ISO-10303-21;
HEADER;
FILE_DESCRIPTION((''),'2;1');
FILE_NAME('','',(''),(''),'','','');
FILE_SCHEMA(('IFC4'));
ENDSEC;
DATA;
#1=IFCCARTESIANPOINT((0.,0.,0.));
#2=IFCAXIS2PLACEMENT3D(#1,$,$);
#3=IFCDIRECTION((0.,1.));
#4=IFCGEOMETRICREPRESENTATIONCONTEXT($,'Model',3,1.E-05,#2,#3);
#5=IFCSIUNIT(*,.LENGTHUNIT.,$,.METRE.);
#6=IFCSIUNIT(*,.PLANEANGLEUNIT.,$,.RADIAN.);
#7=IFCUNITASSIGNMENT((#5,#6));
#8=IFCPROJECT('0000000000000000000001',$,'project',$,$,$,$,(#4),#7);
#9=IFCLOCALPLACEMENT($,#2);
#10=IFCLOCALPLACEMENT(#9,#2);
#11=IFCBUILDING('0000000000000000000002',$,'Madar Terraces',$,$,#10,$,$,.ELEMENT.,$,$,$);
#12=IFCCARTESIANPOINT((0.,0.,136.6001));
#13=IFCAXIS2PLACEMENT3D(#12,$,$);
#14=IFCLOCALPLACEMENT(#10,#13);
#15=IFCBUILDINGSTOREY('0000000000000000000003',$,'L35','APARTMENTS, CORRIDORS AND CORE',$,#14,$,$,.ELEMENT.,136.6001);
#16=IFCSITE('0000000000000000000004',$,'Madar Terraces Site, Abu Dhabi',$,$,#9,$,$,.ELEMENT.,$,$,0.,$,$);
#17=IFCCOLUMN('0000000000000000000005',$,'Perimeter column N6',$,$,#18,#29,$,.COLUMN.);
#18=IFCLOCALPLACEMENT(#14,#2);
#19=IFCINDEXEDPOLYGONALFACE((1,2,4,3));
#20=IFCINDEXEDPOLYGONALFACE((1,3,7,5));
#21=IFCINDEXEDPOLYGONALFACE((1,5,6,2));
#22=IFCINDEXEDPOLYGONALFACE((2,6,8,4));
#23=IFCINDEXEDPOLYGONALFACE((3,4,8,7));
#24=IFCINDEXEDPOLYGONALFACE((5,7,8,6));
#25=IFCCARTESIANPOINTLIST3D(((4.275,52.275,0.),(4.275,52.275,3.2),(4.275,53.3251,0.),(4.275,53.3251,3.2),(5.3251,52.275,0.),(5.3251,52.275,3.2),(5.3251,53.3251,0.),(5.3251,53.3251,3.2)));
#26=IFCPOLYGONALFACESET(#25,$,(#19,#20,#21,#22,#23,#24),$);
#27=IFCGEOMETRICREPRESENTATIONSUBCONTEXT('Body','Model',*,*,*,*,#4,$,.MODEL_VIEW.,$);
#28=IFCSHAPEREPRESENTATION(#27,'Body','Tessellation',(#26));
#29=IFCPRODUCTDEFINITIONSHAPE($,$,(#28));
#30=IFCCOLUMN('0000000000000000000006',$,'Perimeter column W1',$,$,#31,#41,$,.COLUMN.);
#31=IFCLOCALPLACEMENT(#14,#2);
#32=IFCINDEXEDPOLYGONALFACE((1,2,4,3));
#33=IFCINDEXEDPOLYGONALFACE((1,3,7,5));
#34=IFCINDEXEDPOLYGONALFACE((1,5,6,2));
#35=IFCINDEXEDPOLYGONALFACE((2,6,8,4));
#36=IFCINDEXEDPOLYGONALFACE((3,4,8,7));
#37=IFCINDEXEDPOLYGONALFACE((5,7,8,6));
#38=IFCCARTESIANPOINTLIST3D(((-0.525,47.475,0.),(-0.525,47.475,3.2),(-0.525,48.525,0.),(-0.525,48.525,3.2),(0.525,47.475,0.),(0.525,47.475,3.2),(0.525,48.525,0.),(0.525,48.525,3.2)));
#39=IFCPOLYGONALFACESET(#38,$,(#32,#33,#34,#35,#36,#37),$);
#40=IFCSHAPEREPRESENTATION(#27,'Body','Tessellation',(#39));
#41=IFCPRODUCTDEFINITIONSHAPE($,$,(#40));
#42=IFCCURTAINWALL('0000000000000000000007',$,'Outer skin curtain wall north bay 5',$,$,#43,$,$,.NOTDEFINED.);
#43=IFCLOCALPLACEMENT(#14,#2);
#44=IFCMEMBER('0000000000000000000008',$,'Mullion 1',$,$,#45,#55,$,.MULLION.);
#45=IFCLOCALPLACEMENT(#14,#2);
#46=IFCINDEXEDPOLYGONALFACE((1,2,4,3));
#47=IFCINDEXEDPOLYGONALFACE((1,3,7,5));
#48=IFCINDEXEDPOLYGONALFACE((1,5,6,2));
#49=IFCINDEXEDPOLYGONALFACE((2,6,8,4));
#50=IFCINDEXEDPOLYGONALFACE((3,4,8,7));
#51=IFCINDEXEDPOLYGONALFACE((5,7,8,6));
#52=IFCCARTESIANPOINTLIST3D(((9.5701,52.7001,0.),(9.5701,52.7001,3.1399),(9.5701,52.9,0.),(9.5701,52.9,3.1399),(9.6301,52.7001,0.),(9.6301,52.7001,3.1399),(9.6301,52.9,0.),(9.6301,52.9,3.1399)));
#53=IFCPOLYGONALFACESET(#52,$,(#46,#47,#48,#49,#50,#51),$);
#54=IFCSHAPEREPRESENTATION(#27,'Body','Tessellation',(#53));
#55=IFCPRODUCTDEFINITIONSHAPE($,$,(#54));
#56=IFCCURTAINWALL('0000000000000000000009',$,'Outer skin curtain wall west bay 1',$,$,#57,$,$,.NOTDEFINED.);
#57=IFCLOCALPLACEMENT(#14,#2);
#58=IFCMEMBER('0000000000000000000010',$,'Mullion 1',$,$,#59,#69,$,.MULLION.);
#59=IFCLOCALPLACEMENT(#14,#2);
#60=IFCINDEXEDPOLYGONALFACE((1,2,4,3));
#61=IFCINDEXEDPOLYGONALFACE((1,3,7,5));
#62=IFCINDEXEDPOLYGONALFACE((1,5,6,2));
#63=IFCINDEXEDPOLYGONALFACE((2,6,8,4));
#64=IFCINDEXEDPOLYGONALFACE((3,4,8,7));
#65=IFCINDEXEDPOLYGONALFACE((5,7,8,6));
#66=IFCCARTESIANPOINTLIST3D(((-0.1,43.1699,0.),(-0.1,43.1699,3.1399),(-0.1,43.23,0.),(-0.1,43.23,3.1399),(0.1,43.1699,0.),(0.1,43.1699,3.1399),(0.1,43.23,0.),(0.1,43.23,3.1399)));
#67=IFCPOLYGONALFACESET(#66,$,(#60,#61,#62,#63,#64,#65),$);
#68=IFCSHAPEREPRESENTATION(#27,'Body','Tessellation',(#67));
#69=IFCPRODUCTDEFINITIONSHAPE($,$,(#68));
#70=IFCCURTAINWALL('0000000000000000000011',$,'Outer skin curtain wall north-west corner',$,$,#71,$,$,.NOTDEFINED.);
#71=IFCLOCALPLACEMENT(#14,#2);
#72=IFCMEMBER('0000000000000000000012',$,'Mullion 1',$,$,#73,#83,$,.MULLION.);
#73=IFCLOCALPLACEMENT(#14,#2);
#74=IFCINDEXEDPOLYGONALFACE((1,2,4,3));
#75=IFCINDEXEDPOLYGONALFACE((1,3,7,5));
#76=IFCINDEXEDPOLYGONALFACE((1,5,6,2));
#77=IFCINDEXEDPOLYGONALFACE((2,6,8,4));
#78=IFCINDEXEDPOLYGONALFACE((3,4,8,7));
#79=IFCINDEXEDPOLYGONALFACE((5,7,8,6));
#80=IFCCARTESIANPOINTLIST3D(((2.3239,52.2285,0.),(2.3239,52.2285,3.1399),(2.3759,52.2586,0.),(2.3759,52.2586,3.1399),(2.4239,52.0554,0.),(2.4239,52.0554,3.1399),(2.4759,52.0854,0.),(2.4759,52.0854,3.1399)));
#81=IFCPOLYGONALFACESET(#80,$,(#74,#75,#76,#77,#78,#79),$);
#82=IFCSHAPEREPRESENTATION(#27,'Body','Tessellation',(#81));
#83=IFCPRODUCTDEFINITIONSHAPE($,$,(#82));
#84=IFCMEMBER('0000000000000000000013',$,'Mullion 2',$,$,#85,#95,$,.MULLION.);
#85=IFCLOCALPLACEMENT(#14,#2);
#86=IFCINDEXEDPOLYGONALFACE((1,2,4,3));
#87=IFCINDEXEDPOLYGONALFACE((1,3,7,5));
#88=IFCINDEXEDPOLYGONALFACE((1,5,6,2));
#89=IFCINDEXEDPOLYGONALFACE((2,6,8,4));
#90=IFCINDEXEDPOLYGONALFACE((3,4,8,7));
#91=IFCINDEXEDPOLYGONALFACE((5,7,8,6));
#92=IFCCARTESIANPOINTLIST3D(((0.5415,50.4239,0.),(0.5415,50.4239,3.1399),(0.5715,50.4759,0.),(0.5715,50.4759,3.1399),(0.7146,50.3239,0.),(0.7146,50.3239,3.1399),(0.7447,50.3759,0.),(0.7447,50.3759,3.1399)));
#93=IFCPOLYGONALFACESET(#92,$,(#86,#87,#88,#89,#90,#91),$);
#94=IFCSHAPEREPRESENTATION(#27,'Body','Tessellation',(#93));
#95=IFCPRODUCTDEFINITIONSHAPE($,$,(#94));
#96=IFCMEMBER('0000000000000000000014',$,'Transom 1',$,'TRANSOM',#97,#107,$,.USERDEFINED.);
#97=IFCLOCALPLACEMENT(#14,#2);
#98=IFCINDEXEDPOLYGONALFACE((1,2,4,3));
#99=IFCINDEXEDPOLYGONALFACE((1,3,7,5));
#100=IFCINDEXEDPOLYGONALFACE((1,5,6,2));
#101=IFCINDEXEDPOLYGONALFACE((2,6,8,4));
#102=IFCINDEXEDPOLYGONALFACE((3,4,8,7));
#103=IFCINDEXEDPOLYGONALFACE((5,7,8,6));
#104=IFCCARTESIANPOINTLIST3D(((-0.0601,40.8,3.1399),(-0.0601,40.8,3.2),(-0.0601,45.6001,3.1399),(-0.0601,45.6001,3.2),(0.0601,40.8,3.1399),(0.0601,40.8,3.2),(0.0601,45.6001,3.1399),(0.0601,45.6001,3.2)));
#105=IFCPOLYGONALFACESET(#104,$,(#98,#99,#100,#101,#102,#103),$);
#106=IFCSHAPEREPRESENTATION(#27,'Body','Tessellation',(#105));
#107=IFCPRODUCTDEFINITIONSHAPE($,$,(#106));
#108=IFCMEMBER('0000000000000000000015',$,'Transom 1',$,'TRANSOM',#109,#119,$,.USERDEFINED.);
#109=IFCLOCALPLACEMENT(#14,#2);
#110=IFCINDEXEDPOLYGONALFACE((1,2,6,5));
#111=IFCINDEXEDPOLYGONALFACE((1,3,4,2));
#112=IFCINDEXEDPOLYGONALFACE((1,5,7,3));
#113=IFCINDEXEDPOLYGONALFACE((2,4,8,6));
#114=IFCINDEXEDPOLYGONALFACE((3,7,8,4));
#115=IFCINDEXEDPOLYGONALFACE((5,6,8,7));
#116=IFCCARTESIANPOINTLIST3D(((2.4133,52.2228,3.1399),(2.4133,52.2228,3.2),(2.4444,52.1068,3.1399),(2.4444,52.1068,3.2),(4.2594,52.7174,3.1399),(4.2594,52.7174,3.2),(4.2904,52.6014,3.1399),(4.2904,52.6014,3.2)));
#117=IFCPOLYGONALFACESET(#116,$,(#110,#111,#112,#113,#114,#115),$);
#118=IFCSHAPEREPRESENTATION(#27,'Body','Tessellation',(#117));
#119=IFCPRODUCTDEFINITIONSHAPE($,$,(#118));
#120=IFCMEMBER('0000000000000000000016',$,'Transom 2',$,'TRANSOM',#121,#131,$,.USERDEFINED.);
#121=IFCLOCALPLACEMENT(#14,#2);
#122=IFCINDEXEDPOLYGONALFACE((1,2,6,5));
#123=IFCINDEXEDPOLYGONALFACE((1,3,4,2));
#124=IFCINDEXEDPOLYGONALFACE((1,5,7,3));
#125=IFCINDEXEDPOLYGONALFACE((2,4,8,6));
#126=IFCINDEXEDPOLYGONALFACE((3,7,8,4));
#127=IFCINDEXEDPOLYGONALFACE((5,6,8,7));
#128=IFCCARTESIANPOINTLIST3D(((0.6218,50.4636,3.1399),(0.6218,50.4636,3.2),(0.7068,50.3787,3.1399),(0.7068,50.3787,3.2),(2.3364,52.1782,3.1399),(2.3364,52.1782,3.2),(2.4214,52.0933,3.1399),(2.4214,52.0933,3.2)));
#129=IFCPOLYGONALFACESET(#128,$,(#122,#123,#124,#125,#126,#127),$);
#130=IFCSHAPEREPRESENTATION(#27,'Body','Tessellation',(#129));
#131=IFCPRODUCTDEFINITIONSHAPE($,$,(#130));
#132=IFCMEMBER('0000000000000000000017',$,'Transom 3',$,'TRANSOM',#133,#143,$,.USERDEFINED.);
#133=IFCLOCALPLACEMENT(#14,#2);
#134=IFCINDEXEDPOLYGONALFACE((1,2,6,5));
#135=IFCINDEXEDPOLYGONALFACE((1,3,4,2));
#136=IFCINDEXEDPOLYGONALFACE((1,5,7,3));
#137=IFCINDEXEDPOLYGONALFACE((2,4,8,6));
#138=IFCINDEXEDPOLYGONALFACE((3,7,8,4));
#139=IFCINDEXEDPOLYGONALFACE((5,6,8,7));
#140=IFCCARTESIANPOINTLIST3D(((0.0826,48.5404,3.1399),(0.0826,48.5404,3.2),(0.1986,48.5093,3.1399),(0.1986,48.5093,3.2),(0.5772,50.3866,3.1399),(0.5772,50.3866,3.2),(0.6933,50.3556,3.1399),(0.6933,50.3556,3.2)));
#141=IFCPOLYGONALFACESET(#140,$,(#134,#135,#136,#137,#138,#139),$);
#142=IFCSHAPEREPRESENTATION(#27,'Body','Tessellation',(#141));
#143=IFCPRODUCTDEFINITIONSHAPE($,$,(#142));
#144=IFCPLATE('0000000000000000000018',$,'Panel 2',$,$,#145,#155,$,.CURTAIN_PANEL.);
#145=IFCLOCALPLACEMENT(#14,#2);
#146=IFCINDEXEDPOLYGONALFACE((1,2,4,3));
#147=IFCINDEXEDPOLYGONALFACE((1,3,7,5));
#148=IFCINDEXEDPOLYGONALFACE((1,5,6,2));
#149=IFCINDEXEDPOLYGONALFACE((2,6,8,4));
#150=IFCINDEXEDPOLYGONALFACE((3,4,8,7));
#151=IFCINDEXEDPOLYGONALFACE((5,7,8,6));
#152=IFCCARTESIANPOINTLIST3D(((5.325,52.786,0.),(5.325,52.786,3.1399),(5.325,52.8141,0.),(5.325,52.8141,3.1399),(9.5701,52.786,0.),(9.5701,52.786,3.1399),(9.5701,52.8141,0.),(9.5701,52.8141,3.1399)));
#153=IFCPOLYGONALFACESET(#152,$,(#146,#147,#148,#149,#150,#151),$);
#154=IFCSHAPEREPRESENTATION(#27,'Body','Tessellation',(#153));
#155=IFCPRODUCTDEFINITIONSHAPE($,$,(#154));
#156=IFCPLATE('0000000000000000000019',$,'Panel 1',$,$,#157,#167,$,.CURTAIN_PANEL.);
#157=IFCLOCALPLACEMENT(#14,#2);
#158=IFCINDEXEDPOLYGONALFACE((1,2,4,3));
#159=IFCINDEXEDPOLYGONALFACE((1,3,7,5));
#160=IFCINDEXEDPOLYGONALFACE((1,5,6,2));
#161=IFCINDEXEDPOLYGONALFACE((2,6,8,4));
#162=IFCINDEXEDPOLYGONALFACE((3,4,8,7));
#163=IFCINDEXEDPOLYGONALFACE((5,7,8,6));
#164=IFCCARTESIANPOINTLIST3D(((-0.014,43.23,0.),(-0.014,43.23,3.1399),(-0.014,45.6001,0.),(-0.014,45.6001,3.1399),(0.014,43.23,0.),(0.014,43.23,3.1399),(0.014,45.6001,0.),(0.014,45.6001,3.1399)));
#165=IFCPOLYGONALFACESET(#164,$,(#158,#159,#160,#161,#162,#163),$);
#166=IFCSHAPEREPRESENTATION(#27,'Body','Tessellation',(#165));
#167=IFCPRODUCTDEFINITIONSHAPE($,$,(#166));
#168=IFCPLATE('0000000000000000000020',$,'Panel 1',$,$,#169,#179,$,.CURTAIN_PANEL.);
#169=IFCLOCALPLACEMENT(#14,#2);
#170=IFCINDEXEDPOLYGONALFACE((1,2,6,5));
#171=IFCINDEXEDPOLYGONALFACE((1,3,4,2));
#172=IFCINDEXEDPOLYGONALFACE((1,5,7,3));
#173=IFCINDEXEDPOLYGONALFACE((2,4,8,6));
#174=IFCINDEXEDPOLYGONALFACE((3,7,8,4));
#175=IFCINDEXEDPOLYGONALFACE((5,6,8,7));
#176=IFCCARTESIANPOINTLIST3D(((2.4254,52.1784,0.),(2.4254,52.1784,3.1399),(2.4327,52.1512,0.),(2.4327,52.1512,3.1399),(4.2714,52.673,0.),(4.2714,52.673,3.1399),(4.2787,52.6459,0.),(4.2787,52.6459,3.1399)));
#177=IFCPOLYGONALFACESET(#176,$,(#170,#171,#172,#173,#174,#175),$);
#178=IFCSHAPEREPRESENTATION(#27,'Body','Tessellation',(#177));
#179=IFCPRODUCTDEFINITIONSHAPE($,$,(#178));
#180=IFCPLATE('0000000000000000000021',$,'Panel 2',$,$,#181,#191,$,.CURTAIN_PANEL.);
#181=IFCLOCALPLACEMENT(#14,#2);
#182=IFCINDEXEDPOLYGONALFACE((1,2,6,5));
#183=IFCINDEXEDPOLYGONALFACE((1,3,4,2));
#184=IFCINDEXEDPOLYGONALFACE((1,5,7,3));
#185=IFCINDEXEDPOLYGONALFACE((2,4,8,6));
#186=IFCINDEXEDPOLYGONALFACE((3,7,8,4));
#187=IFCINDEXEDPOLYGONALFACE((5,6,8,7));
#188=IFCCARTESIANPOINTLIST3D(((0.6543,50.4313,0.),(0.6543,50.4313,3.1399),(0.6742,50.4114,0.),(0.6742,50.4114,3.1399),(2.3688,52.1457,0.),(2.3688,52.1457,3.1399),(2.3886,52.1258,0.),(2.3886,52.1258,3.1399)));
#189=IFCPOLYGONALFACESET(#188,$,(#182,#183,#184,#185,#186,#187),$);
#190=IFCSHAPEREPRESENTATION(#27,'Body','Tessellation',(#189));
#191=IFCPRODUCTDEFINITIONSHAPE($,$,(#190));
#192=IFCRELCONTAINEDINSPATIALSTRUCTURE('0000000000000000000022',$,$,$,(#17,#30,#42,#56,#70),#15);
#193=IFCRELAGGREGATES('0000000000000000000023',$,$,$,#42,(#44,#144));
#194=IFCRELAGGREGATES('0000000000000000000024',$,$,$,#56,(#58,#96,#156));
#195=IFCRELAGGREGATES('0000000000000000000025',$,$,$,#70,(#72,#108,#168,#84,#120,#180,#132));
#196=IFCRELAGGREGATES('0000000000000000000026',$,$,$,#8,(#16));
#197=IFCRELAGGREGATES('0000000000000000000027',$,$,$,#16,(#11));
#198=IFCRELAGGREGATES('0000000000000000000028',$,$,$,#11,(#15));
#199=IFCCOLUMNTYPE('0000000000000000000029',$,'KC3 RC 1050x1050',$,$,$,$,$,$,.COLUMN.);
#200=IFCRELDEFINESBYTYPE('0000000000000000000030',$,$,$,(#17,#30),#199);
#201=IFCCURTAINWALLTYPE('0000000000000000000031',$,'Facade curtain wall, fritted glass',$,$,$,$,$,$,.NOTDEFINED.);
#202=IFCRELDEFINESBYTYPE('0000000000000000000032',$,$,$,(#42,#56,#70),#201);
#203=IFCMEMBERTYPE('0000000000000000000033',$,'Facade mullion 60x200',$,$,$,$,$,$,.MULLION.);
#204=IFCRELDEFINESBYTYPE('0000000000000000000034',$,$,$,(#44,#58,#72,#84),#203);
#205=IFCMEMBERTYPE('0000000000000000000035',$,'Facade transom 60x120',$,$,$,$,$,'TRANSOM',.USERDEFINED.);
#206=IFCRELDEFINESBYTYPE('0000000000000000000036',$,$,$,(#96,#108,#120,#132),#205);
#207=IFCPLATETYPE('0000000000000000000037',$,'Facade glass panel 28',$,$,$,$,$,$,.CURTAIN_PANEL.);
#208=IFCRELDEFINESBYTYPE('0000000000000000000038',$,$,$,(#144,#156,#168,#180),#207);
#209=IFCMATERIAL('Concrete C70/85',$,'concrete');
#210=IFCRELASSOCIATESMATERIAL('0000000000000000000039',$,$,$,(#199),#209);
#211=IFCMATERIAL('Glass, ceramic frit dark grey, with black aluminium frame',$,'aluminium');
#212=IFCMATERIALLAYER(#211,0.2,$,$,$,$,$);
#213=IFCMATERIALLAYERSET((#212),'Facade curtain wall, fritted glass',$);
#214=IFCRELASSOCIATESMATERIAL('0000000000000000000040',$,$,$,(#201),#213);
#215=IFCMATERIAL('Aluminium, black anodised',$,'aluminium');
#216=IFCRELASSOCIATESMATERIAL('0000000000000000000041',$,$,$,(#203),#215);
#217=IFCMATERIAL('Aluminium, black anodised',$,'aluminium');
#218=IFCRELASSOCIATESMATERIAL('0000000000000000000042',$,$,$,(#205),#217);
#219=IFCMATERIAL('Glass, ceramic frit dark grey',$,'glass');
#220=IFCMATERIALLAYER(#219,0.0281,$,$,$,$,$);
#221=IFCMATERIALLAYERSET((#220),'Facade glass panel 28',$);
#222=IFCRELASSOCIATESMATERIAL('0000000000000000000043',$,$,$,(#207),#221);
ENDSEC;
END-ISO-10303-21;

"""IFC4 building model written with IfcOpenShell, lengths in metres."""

from ifc_helpers import new_model, si_unit, direction, frame, origin, origin_2d, place, context, subcontext, project, spatial, rectangle, extrude, material, layer, layer_set, material_profile, profile_set, type_object, element, aggregate, save


model = new_model("IFC4")

# Units and contexts
model_context = context("Model", 3, precision=1e-05, world=origin(), true_north=direction((0.0, 1.0)))
body_context = subcontext(model_context, "Body", "Model", "MODEL_VIEW")
ifc_project = project(units=[si_unit("LENGTHUNIT", "METRE"), si_unit("PLANEANGLEUNIT", "RADIAN")], contexts=[model_context])

# Site, building, storey
site_placement = place(None, origin())
site = spatial("IfcSite", under=ifc_project, at=site_placement, Name="Madar Terraces Site, Abu Dhabi", CompositionType="ELEMENT", RefElevation=0.0)
building_placement = place(site_placement, origin())
building = spatial("IfcBuilding", under=site, at=building_placement, Name="Madar Terraces", CompositionType="ELEMENT")
storey_placement = place(building_placement, frame((0.0, 0.0, 136.6001)))
storey = spatial("IfcBuildingStorey", under=building, at=storey_placement, Name="L35", Description="APARTMENTS, CORRIDORS AND CORE", CompositionType="ELEMENT", Elevation=136.6001)

# Columns
ifc_material_1 = material(Name="Concrete C70/85", Category="concrete")
ifc_material_profile_1 = material_profile(ifc_material_1, rectangle(XDim=1.05, YDim=1.05, at=origin_2d()), Name="KC3 RC 1050x1050")
ifc_profile_set_1 = profile_set([ifc_material_profile_1], Name="Concrete C70/85")
column_type = type_object("IfcColumnType", Name="KC3 RC 1050x1050", PredefinedType="COLUMN", material=ifc_profile_set_1)
for number, where, z_axis, x_axis, name in (
    (1, (4.8, 52.8, 0.0), (0.0, 0.0, 1.0), (1.0, 0.0, 0.0), "Perimeter column N6"),
    (2, (0.0, 48.0, 0.0), (0.0, 0.0, 1.0), (1.0, 0.0, 0.0), "Perimeter column W1"),
):
    element("IfcColumn", number, at=place(storey_placement, frame(where, z_axis=z_axis, x_axis=x_axis)), inside=storey, type_object=column_type, Name=name, PredefinedType="COLUMN", context=body_context, shape_type="SweptSolid", body=[
        extrude(rectangle(XDim=1.05, YDim=1.05, at=origin_2d()), origin(), (0.0, 0.0, 1.0), 3.2),
    ])

# Curtain walls, members
ifc_material_2 = material(Name="Glass, ceramic frit dark grey, with black aluminium frame", Category="aluminium")
ifc_layer_1 = layer(ifc_material_2, 0.2)
ifc_layer_set_1 = layer_set([ifc_layer_1], Name="Facade curtain wall, fritted glass")
curtain_wall_type = type_object("IfcCurtainWallType", Name="Facade curtain wall, fritted glass", PredefinedType="NOTDEFINED", material=ifc_layer_set_1)
curtain_wall_1_placement = place(storey_placement, origin())
curtain_wall_1 = element("IfcCurtainWall", 3, at=curtain_wall_1_placement, inside=storey, type_object=curtain_wall_type, Name="Outer skin curtain wall north bay 5", PredefinedType="NOTDEFINED")
ifc_material_3 = material(Name="Aluminium, black anodised", Category="aluminium")
ifc_material_profile_2 = material_profile(ifc_material_3, rectangle(XDim=0.2, YDim=0.0601, at=origin_2d()), Name="Facade mullion 60x200")
ifc_profile_set_2 = profile_set([ifc_material_profile_2], Name="Aluminium, black anodised")
member_type_1 = type_object("IfcMemberType", Name="Facade mullion 60x200", PredefinedType="MULLION", material=ifc_profile_set_2)
member_1_placement = place(storey_placement, frame((9.6001, 52.8, 0.0), z_axis=(0.0, 0.0, 1.0), x_axis=(0.0, -1.0, 0.0)))
member_1 = element("IfcMember", 4, at=member_1_placement, type_object=member_type_1, Name="Mullion 1", PredefinedType="MULLION", context=body_context, shape_type="SweptSolid", body=[
    extrude(rectangle(XDim=0.2, YDim=0.0601, at=origin_2d()), origin(), (0.0, 0.0, 1.0), 3.1399),
])
curtain_wall_2_placement = place(storey_placement, origin())
curtain_wall_2 = element("IfcCurtainWall", 5, at=curtain_wall_2_placement, inside=storey, type_object=curtain_wall_type, Name="Outer skin curtain wall west bay 1", PredefinedType="NOTDEFINED")
member_2_placement = place(storey_placement, frame((0.0, 43.2, 0.0), z_axis=(0.0, 0.0, 1.0), x_axis=(1.0, 0.0, 0.0)))
member_2 = element("IfcMember", 6, at=member_2_placement, type_object=member_type_1, Name="Mullion 1", PredefinedType="MULLION", context=body_context, shape_type="SweptSolid", body=[
    extrude(rectangle(XDim=0.2, YDim=0.0601, at=origin_2d()), origin(), (0.0, 0.0, 1.0), 3.1399),
])

# Curtain wall, members
curtain_wall_3_placement = place(storey_placement, origin())
curtain_wall_3 = element("IfcCurtainWall", 7, at=curtain_wall_3_placement, inside=storey, type_object=curtain_wall_type, Name="Outer skin curtain wall north-west corner", PredefinedType="NOTDEFINED")
member_3_placement = place(storey_placement, frame((2.3999, 52.157, 0.0), z_axis=(0.0, 0.0, 1.0), x_axis=(0.5, -0.866025, 0.0)))
member_3 = element("IfcMember", 8, at=member_3_placement, type_object=member_type_1, Name="Mullion 1", PredefinedType="MULLION", context=body_context, shape_type="SweptSolid", body=[
    extrude(rectangle(XDim=0.2, YDim=0.0601, at=origin_2d()), origin(), (0.0, 0.0, 1.0), 3.1399),
])
member_4_placement = place(storey_placement, frame((0.6431, 50.3999, 0.0), z_axis=(0.0, 0.0, 1.0), x_axis=(0.866025, -0.5, 0.0)))
member_4 = element("IfcMember", 9, at=member_4_placement, type_object=member_type_1, Name="Mullion 2", PredefinedType="MULLION", context=body_context, shape_type="SweptSolid", body=[
    extrude(rectangle(XDim=0.2, YDim=0.0601, at=origin_2d()), origin(), (0.0, 0.0, 1.0), 3.1399),
])

# Members
ifc_material_4 = material(Name="Aluminium, black anodised", Category="aluminium")
ifc_material_profile_3 = material_profile(ifc_material_4, rectangle(XDim=0.1201, YDim=0.0601, at=origin_2d()), Name="Facade transom 60x120")
ifc_profile_set_3 = profile_set([ifc_material_profile_3], Name="Aluminium, black anodised")
member_type_2 = type_object("IfcMemberType", Name="Facade transom 60x120", ElementType="TRANSOM", PredefinedType="USERDEFINED", material=ifc_profile_set_3)
member_5_placement = place(storey_placement, frame((0.0, 45.6001, 3.1699), z_axis=(0.0, -1.0, 0.0), x_axis=(1.0, 0.0, 0.0)))
member_5 = element("IfcMember", 10, at=member_5_placement, type_object=member_type_2, Name="Transom 1", ObjectType="TRANSOM", PredefinedType="USERDEFINED", context=body_context, shape_type="SweptSolid", body=[
    extrude(rectangle(XDim=0.1201, YDim=0.0601, at=origin_2d()), origin(), (0.0, 0.0, 1.0), 4.8),
])
member_6_placement = place(storey_placement, frame((4.2749, 52.6594, 3.1699), z_axis=(-0.965925, -0.258823, 0.0), x_axis=(0.258823, -0.965925, 0.0)))
member_6 = element("IfcMember", 11, at=member_6_placement, type_object=member_type_2, Name="Transom 1", ObjectType="TRANSOM", PredefinedType="USERDEFINED", context=body_context, shape_type="SweptSolid", body=[
    extrude(rectangle(XDim=0.1201, YDim=0.0601, at=origin_2d()), origin(), (0.0, 0.0, 1.0), 1.9111),
])
member_7_placement = place(storey_placement, frame((2.3789, 52.1357, 3.1699), z_axis=(-0.707107, -0.707107, 0.0), x_axis=(0.707107, -0.707107, 0.0)))
member_7 = element("IfcMember", 12, at=member_7_placement, type_object=member_type_2, Name="Transom 2", ObjectType="TRANSOM", PredefinedType="USERDEFINED", context=body_context, shape_type="SweptSolid", body=[
    extrude(rectangle(XDim=0.1201, YDim=0.0601, at=origin_2d()), origin(), (0.0, 0.0, 1.0), 2.4248),
])
member_8_placement = place(storey_placement, frame((0.6353, 50.3711, 3.1699), z_axis=(-0.258791, -0.965933, 0.0), x_axis=(0.965933, -0.258791, 0.0)))
member_8 = element("IfcMember", 13, at=member_8_placement, type_object=member_type_2, Name="Transom 3", ObjectType="TRANSOM", PredefinedType="USERDEFINED", context=body_context, shape_type="SweptSolid", body=[
    extrude(rectangle(XDim=0.1201, YDim=0.0601, at=origin_2d()), origin(), (0.0, 0.0, 1.0), 1.9114),
])

# Plates
ifc_material_5 = material(Name="Glass, ceramic frit dark grey", Category="glass")
ifc_layer_2 = layer(ifc_material_5, 0.0281)
ifc_layer_set_2 = layer_set([ifc_layer_2], Name="Facade glass panel 28")
plate_type = type_object("IfcPlateType", Name="Facade glass panel 28", PredefinedType="CURTAIN_PANEL", material=ifc_layer_set_2)
plate_1_placement = place(storey_placement, frame((7.4475, 52.8, 0.0), z_axis=(0.0, 0.0, 1.0), x_axis=(-1.0, 0.0, 0.0)))
plate_1 = element("IfcPlate", 14, at=plate_1_placement, type_object=plate_type, Name="Panel 2", PredefinedType="CURTAIN_PANEL", context=body_context, shape_type="SweptSolid", body=[
    extrude(rectangle(XDim=4.2451, YDim=0.0281, at=origin_2d()), origin(), (0.0, 0.0, 1.0), 3.1399),
])
aggregate(curtain_wall_1, [member_1, plate_1])
plate_2_placement = place(storey_placement, frame((0.0, 44.415, 0.0), z_axis=(0.0, 0.0, 1.0), x_axis=(0.0, -1.0, 0.0)))
plate_2 = element("IfcPlate", 15, at=plate_2_placement, type_object=plate_type, Name="Panel 1", PredefinedType="CURTAIN_PANEL", context=body_context, shape_type="SweptSolid", body=[
    extrude(rectangle(XDim=2.3701, YDim=0.0281, at=origin_2d()), origin(), (0.0, 0.0, 1.0), 3.1399),
])
aggregate(curtain_wall_2, [member_2, member_5, plate_2])
plate_3_placement = place(storey_placement, frame((3.3521, 52.4121, 0.0), z_axis=(0.0, 0.0, 1.0), x_axis=(-0.965926, -0.258819, 0.0)))
plate_3 = element("IfcPlate", 16, at=plate_3_placement, type_object=plate_type, Name="Panel 1", PredefinedType="CURTAIN_PANEL", context=body_context, shape_type="SweptSolid", body=[
    extrude(rectangle(XDim=1.9111, YDim=0.0281, at=origin_2d()), origin(), (0.0, 0.0, 1.0), 3.1399),
])
plate_4_placement = place(storey_placement, frame((1.5215, 51.2786, 0.0), z_axis=(0.0, 0.0, 1.0), x_axis=(-0.707107, -0.707107, 0.0)))
plate_4 = element("IfcPlate", 17, at=plate_4_placement, type_object=plate_type, Name="Panel 2", PredefinedType="CURTAIN_PANEL", context=body_context, shape_type="SweptSolid", body=[
    extrude(rectangle(XDim=2.4246, YDim=0.0281, at=origin_2d()), origin(), (0.0, 0.0, 1.0), 3.1399),
])
aggregate(curtain_wall_3, [member_3, member_6, plate_3, member_4, member_7, plate_4, member_8])

save(model, "model.ifc")
